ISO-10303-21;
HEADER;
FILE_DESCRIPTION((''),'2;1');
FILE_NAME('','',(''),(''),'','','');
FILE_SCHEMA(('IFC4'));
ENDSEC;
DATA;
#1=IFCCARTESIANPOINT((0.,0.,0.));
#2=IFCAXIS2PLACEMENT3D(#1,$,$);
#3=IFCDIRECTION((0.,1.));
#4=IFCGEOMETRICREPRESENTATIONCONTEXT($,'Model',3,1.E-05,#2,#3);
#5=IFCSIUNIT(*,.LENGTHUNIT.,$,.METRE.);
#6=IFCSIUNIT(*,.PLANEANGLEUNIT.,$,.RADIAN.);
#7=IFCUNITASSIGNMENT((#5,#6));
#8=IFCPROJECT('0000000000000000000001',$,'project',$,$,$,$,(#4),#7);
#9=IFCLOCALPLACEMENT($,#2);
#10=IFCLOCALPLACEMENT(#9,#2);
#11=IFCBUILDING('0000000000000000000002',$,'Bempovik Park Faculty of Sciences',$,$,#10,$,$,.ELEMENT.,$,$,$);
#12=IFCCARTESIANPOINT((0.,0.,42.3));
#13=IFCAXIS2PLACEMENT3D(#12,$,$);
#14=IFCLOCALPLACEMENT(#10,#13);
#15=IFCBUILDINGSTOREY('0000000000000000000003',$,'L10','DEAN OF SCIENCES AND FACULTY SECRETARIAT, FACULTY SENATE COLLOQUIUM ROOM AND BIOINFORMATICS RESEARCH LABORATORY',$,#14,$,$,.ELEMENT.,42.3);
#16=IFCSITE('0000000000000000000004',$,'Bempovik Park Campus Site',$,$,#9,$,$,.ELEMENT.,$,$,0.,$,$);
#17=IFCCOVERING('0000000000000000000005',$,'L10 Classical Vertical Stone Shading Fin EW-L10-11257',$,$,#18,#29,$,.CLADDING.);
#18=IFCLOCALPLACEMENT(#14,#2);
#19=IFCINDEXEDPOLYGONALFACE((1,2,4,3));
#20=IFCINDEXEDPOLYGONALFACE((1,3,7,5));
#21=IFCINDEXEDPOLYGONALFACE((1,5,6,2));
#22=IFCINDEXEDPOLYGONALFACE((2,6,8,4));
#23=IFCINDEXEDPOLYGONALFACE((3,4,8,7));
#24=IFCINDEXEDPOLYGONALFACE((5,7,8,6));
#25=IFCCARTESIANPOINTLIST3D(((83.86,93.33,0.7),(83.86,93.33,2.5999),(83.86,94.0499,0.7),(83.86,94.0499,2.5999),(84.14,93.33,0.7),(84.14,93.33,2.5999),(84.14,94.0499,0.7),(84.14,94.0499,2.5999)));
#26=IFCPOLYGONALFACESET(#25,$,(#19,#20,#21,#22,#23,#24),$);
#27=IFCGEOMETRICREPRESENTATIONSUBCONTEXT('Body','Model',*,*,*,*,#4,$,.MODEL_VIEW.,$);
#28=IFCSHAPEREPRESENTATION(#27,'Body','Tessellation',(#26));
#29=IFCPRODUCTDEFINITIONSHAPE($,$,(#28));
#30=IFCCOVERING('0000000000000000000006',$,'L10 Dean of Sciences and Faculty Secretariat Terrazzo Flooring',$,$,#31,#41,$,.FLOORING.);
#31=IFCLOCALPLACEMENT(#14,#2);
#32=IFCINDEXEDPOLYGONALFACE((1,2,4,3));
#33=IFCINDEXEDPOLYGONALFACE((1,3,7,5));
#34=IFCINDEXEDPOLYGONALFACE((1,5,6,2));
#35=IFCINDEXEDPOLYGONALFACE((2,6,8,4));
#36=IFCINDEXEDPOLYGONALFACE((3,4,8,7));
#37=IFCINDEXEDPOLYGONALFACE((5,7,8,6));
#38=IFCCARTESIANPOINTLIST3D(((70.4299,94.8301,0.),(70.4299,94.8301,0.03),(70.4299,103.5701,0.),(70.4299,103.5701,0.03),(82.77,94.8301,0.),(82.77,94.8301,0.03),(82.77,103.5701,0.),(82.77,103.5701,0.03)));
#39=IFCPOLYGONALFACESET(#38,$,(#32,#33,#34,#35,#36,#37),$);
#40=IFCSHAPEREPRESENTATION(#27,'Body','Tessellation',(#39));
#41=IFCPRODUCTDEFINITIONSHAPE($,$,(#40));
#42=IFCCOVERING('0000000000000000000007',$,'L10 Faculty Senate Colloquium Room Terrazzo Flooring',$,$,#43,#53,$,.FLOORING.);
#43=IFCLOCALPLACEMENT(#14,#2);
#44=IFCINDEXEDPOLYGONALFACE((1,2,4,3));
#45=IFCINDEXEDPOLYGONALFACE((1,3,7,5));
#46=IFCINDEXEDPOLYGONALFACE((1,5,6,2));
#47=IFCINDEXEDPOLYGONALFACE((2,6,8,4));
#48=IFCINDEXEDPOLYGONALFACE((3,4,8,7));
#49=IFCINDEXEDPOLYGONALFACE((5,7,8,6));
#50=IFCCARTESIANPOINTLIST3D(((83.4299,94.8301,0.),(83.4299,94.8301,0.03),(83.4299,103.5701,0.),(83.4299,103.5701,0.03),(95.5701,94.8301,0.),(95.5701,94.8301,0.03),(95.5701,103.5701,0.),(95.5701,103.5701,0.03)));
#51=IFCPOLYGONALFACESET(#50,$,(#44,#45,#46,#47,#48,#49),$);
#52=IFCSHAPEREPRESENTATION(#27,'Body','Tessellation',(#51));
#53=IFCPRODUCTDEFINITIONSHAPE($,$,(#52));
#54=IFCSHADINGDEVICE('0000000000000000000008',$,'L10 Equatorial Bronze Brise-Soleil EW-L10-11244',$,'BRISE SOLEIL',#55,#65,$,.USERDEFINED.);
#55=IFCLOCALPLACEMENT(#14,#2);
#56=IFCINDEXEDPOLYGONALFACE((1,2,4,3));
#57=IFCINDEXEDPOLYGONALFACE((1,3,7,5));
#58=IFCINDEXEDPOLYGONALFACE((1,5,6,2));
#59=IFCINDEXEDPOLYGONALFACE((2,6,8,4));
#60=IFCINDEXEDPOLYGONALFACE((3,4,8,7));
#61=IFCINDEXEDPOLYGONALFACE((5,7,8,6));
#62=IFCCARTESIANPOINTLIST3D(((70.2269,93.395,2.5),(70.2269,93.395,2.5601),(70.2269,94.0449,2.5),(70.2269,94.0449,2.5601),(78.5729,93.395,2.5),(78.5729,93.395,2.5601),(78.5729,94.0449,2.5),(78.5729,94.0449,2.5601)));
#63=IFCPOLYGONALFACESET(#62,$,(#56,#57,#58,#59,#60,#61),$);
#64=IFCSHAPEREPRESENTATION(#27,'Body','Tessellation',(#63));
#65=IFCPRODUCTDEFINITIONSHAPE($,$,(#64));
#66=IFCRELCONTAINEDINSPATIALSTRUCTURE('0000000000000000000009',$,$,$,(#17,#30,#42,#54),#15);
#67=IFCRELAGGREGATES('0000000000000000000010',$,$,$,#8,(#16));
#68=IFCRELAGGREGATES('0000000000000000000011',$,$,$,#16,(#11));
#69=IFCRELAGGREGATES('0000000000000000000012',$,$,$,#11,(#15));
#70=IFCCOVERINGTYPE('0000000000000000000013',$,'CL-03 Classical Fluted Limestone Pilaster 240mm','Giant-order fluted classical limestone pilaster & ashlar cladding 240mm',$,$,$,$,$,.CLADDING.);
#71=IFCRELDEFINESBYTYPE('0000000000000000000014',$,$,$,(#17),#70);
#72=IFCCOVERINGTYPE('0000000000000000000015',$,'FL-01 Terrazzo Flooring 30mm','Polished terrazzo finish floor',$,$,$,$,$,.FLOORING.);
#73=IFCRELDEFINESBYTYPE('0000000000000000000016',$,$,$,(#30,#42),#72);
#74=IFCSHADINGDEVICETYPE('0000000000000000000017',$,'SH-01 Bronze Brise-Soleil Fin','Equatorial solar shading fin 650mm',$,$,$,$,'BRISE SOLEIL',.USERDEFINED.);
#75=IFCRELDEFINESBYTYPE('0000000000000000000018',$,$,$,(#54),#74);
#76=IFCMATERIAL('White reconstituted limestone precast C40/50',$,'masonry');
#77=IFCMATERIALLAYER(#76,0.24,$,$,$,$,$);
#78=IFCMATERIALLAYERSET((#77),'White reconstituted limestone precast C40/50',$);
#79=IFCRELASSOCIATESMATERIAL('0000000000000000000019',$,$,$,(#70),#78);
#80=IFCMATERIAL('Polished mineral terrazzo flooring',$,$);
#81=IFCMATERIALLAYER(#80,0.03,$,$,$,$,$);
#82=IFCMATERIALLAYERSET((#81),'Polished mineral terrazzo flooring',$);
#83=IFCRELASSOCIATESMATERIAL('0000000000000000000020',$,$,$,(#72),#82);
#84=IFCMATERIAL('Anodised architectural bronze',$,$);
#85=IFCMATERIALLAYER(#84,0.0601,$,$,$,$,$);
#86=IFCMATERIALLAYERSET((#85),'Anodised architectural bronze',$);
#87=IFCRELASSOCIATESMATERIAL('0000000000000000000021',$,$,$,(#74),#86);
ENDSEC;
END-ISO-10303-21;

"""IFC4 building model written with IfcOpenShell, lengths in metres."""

from ifc_helpers import new_model, si_unit, direction, frame, origin, origin_2d, place, context, subcontext, project, spatial, polyline, rectangle, outline, extrude, material, layer, layer_set, type_object, element, save


model = new_model("IFC4")

# Units and contexts
model_context = context("Model", 3, precision=1e-05, world=origin(), true_north=direction((0.0, 1.0)))
body_context = subcontext(model_context, "Body", "Model", "MODEL_VIEW")
ifc_project = project(units=[si_unit("LENGTHUNIT", "METRE"), si_unit("PLANEANGLEUNIT", "RADIAN")], contexts=[model_context])

# Site, building, storey
site_placement = place(None, origin())
site = spatial("IfcSite", under=ifc_project, at=site_placement, Name="Bempovik Park Campus Site", CompositionType="ELEMENT", RefElevation=0.0)
building_placement = place(site_placement, origin())
building = spatial("IfcBuilding", under=site, at=building_placement, Name="Bempovik Park Faculty of Sciences", CompositionType="ELEMENT")
storey_placement = place(building_placement, frame((0.0, 0.0, 42.3)))
storey = spatial("IfcBuildingStorey", under=building, at=storey_placement, Name="L10", Description="DEAN OF SCIENCES AND FACULTY SECRETARIAT, FACULTY SENATE COLLOQUIUM ROOM AND BIOINFORMATICS RESEARCH LABORATORY", CompositionType="ELEMENT", Elevation=42.3)

# Coverings
ifc_material_1 = material(Name="White reconstituted limestone precast C40/50", Category="masonry")
ifc_layer_1 = layer(ifc_material_1, 0.24)
ifc_layer_set_1 = layer_set([ifc_layer_1], Name="White reconstituted limestone precast C40/50")
covering_type_1 = type_object("IfcCoveringType", Name="CL-03 Classical Fluted Limestone Pilaster 240mm", Description="Giant-order fluted classical limestone pilaster & ashlar cladding 240mm", PredefinedType="CLADDING", material=ifc_layer_set_1)
for number, where, z_axis, x_axis, name in (
    (1, (84.0, 93.6899, 0.7), (0.0, 0.0, 1.0), (1.0, 0.0, 0.0), "L10 Classical Vertical Stone Shading Fin EW-L10-11257"),
):
    element("IfcCovering", number, at=place(storey_placement, frame(where, z_axis=z_axis, x_axis=x_axis)), inside=storey, type_object=covering_type_1, Name=name, PredefinedType="CLADDING", context=body_context, shape_type="SweptSolid", body=[
        extrude(rectangle(XDim=0.28, YDim=0.72, at=origin_2d()), origin(), (0.0, 0.0, 1.0), 1.8999),
    ])
ifc_material_2 = material(Name="Polished mineral terrazzo flooring")
ifc_layer_2 = layer(ifc_material_2, 0.03)
ifc_layer_set_2 = layer_set([ifc_layer_2], Name="Polished mineral terrazzo flooring")
covering_type_2 = type_object("IfcCoveringType", Name="FL-01 Terrazzo Flooring 30mm", Description="Polished terrazzo finish floor", PredefinedType="FLOORING", material=ifc_layer_set_2)
covering_1_placement = place(storey_placement, origin())
element("IfcCovering", 2, at=covering_1_placement, inside=storey, type_object=covering_type_2, Name="L10 Dean of Sciences and Faculty Secretariat Terrazzo Flooring", PredefinedType="FLOORING", context=body_context, shape_type="SweptSolid", body=[
    extrude(outline(polyline([(70.4299, 94.8301), (82.77, 94.8301), (82.77, 103.5701), (70.4299, 103.5701), (70.4299, 94.8301)])), origin(), (0.0, 0.0, 1.0), 0.03),
])
covering_2_placement = place(storey_placement, origin())
element("IfcCovering", 3, at=covering_2_placement, inside=storey, type_object=covering_type_2, Name="L10 Faculty Senate Colloquium Room Terrazzo Flooring", PredefinedType="FLOORING", context=body_context, shape_type="SweptSolid", body=[
    extrude(outline(polyline([(83.4299, 94.8301), (95.5701, 94.8301), (95.5701, 103.5701), (83.4299, 103.5701), (83.4299, 94.8301)])), origin(), (0.0, 0.0, 1.0), 0.03),
])

# Shading device
ifc_material_3 = material(Name="Anodised architectural bronze")
ifc_layer_3 = layer(ifc_material_3, 0.0601)
ifc_layer_set_3 = layer_set([ifc_layer_3], Name="Anodised architectural bronze")
shading_device_type = type_object("IfcShadingDeviceType", Name="SH-01 Bronze Brise-Soleil Fin", Description="Equatorial solar shading fin 650mm", ElementType="BRISE SOLEIL", PredefinedType="USERDEFINED", material=ifc_layer_set_3)
shading_device_placement = place(storey_placement, frame((74.3999, 93.72, 2.5), z_axis=(0.0, 0.0, 1.0), x_axis=(1.0, 0.0, 0.0)))
element("IfcShadingDevice", 4, at=shading_device_placement, inside=storey, type_object=shading_device_type, Name="L10 Equatorial Bronze Brise-Soleil EW-L10-11244", ObjectType="BRISE SOLEIL", PredefinedType="USERDEFINED", context=body_context, shape_type="SweptSolid", body=[
    extrude(rectangle(XDim=8.3459, YDim=0.6499, at=origin_2d()), origin(), (0.0, 0.0, 1.0), 0.0601),
])

save(model, "model.ifc")
